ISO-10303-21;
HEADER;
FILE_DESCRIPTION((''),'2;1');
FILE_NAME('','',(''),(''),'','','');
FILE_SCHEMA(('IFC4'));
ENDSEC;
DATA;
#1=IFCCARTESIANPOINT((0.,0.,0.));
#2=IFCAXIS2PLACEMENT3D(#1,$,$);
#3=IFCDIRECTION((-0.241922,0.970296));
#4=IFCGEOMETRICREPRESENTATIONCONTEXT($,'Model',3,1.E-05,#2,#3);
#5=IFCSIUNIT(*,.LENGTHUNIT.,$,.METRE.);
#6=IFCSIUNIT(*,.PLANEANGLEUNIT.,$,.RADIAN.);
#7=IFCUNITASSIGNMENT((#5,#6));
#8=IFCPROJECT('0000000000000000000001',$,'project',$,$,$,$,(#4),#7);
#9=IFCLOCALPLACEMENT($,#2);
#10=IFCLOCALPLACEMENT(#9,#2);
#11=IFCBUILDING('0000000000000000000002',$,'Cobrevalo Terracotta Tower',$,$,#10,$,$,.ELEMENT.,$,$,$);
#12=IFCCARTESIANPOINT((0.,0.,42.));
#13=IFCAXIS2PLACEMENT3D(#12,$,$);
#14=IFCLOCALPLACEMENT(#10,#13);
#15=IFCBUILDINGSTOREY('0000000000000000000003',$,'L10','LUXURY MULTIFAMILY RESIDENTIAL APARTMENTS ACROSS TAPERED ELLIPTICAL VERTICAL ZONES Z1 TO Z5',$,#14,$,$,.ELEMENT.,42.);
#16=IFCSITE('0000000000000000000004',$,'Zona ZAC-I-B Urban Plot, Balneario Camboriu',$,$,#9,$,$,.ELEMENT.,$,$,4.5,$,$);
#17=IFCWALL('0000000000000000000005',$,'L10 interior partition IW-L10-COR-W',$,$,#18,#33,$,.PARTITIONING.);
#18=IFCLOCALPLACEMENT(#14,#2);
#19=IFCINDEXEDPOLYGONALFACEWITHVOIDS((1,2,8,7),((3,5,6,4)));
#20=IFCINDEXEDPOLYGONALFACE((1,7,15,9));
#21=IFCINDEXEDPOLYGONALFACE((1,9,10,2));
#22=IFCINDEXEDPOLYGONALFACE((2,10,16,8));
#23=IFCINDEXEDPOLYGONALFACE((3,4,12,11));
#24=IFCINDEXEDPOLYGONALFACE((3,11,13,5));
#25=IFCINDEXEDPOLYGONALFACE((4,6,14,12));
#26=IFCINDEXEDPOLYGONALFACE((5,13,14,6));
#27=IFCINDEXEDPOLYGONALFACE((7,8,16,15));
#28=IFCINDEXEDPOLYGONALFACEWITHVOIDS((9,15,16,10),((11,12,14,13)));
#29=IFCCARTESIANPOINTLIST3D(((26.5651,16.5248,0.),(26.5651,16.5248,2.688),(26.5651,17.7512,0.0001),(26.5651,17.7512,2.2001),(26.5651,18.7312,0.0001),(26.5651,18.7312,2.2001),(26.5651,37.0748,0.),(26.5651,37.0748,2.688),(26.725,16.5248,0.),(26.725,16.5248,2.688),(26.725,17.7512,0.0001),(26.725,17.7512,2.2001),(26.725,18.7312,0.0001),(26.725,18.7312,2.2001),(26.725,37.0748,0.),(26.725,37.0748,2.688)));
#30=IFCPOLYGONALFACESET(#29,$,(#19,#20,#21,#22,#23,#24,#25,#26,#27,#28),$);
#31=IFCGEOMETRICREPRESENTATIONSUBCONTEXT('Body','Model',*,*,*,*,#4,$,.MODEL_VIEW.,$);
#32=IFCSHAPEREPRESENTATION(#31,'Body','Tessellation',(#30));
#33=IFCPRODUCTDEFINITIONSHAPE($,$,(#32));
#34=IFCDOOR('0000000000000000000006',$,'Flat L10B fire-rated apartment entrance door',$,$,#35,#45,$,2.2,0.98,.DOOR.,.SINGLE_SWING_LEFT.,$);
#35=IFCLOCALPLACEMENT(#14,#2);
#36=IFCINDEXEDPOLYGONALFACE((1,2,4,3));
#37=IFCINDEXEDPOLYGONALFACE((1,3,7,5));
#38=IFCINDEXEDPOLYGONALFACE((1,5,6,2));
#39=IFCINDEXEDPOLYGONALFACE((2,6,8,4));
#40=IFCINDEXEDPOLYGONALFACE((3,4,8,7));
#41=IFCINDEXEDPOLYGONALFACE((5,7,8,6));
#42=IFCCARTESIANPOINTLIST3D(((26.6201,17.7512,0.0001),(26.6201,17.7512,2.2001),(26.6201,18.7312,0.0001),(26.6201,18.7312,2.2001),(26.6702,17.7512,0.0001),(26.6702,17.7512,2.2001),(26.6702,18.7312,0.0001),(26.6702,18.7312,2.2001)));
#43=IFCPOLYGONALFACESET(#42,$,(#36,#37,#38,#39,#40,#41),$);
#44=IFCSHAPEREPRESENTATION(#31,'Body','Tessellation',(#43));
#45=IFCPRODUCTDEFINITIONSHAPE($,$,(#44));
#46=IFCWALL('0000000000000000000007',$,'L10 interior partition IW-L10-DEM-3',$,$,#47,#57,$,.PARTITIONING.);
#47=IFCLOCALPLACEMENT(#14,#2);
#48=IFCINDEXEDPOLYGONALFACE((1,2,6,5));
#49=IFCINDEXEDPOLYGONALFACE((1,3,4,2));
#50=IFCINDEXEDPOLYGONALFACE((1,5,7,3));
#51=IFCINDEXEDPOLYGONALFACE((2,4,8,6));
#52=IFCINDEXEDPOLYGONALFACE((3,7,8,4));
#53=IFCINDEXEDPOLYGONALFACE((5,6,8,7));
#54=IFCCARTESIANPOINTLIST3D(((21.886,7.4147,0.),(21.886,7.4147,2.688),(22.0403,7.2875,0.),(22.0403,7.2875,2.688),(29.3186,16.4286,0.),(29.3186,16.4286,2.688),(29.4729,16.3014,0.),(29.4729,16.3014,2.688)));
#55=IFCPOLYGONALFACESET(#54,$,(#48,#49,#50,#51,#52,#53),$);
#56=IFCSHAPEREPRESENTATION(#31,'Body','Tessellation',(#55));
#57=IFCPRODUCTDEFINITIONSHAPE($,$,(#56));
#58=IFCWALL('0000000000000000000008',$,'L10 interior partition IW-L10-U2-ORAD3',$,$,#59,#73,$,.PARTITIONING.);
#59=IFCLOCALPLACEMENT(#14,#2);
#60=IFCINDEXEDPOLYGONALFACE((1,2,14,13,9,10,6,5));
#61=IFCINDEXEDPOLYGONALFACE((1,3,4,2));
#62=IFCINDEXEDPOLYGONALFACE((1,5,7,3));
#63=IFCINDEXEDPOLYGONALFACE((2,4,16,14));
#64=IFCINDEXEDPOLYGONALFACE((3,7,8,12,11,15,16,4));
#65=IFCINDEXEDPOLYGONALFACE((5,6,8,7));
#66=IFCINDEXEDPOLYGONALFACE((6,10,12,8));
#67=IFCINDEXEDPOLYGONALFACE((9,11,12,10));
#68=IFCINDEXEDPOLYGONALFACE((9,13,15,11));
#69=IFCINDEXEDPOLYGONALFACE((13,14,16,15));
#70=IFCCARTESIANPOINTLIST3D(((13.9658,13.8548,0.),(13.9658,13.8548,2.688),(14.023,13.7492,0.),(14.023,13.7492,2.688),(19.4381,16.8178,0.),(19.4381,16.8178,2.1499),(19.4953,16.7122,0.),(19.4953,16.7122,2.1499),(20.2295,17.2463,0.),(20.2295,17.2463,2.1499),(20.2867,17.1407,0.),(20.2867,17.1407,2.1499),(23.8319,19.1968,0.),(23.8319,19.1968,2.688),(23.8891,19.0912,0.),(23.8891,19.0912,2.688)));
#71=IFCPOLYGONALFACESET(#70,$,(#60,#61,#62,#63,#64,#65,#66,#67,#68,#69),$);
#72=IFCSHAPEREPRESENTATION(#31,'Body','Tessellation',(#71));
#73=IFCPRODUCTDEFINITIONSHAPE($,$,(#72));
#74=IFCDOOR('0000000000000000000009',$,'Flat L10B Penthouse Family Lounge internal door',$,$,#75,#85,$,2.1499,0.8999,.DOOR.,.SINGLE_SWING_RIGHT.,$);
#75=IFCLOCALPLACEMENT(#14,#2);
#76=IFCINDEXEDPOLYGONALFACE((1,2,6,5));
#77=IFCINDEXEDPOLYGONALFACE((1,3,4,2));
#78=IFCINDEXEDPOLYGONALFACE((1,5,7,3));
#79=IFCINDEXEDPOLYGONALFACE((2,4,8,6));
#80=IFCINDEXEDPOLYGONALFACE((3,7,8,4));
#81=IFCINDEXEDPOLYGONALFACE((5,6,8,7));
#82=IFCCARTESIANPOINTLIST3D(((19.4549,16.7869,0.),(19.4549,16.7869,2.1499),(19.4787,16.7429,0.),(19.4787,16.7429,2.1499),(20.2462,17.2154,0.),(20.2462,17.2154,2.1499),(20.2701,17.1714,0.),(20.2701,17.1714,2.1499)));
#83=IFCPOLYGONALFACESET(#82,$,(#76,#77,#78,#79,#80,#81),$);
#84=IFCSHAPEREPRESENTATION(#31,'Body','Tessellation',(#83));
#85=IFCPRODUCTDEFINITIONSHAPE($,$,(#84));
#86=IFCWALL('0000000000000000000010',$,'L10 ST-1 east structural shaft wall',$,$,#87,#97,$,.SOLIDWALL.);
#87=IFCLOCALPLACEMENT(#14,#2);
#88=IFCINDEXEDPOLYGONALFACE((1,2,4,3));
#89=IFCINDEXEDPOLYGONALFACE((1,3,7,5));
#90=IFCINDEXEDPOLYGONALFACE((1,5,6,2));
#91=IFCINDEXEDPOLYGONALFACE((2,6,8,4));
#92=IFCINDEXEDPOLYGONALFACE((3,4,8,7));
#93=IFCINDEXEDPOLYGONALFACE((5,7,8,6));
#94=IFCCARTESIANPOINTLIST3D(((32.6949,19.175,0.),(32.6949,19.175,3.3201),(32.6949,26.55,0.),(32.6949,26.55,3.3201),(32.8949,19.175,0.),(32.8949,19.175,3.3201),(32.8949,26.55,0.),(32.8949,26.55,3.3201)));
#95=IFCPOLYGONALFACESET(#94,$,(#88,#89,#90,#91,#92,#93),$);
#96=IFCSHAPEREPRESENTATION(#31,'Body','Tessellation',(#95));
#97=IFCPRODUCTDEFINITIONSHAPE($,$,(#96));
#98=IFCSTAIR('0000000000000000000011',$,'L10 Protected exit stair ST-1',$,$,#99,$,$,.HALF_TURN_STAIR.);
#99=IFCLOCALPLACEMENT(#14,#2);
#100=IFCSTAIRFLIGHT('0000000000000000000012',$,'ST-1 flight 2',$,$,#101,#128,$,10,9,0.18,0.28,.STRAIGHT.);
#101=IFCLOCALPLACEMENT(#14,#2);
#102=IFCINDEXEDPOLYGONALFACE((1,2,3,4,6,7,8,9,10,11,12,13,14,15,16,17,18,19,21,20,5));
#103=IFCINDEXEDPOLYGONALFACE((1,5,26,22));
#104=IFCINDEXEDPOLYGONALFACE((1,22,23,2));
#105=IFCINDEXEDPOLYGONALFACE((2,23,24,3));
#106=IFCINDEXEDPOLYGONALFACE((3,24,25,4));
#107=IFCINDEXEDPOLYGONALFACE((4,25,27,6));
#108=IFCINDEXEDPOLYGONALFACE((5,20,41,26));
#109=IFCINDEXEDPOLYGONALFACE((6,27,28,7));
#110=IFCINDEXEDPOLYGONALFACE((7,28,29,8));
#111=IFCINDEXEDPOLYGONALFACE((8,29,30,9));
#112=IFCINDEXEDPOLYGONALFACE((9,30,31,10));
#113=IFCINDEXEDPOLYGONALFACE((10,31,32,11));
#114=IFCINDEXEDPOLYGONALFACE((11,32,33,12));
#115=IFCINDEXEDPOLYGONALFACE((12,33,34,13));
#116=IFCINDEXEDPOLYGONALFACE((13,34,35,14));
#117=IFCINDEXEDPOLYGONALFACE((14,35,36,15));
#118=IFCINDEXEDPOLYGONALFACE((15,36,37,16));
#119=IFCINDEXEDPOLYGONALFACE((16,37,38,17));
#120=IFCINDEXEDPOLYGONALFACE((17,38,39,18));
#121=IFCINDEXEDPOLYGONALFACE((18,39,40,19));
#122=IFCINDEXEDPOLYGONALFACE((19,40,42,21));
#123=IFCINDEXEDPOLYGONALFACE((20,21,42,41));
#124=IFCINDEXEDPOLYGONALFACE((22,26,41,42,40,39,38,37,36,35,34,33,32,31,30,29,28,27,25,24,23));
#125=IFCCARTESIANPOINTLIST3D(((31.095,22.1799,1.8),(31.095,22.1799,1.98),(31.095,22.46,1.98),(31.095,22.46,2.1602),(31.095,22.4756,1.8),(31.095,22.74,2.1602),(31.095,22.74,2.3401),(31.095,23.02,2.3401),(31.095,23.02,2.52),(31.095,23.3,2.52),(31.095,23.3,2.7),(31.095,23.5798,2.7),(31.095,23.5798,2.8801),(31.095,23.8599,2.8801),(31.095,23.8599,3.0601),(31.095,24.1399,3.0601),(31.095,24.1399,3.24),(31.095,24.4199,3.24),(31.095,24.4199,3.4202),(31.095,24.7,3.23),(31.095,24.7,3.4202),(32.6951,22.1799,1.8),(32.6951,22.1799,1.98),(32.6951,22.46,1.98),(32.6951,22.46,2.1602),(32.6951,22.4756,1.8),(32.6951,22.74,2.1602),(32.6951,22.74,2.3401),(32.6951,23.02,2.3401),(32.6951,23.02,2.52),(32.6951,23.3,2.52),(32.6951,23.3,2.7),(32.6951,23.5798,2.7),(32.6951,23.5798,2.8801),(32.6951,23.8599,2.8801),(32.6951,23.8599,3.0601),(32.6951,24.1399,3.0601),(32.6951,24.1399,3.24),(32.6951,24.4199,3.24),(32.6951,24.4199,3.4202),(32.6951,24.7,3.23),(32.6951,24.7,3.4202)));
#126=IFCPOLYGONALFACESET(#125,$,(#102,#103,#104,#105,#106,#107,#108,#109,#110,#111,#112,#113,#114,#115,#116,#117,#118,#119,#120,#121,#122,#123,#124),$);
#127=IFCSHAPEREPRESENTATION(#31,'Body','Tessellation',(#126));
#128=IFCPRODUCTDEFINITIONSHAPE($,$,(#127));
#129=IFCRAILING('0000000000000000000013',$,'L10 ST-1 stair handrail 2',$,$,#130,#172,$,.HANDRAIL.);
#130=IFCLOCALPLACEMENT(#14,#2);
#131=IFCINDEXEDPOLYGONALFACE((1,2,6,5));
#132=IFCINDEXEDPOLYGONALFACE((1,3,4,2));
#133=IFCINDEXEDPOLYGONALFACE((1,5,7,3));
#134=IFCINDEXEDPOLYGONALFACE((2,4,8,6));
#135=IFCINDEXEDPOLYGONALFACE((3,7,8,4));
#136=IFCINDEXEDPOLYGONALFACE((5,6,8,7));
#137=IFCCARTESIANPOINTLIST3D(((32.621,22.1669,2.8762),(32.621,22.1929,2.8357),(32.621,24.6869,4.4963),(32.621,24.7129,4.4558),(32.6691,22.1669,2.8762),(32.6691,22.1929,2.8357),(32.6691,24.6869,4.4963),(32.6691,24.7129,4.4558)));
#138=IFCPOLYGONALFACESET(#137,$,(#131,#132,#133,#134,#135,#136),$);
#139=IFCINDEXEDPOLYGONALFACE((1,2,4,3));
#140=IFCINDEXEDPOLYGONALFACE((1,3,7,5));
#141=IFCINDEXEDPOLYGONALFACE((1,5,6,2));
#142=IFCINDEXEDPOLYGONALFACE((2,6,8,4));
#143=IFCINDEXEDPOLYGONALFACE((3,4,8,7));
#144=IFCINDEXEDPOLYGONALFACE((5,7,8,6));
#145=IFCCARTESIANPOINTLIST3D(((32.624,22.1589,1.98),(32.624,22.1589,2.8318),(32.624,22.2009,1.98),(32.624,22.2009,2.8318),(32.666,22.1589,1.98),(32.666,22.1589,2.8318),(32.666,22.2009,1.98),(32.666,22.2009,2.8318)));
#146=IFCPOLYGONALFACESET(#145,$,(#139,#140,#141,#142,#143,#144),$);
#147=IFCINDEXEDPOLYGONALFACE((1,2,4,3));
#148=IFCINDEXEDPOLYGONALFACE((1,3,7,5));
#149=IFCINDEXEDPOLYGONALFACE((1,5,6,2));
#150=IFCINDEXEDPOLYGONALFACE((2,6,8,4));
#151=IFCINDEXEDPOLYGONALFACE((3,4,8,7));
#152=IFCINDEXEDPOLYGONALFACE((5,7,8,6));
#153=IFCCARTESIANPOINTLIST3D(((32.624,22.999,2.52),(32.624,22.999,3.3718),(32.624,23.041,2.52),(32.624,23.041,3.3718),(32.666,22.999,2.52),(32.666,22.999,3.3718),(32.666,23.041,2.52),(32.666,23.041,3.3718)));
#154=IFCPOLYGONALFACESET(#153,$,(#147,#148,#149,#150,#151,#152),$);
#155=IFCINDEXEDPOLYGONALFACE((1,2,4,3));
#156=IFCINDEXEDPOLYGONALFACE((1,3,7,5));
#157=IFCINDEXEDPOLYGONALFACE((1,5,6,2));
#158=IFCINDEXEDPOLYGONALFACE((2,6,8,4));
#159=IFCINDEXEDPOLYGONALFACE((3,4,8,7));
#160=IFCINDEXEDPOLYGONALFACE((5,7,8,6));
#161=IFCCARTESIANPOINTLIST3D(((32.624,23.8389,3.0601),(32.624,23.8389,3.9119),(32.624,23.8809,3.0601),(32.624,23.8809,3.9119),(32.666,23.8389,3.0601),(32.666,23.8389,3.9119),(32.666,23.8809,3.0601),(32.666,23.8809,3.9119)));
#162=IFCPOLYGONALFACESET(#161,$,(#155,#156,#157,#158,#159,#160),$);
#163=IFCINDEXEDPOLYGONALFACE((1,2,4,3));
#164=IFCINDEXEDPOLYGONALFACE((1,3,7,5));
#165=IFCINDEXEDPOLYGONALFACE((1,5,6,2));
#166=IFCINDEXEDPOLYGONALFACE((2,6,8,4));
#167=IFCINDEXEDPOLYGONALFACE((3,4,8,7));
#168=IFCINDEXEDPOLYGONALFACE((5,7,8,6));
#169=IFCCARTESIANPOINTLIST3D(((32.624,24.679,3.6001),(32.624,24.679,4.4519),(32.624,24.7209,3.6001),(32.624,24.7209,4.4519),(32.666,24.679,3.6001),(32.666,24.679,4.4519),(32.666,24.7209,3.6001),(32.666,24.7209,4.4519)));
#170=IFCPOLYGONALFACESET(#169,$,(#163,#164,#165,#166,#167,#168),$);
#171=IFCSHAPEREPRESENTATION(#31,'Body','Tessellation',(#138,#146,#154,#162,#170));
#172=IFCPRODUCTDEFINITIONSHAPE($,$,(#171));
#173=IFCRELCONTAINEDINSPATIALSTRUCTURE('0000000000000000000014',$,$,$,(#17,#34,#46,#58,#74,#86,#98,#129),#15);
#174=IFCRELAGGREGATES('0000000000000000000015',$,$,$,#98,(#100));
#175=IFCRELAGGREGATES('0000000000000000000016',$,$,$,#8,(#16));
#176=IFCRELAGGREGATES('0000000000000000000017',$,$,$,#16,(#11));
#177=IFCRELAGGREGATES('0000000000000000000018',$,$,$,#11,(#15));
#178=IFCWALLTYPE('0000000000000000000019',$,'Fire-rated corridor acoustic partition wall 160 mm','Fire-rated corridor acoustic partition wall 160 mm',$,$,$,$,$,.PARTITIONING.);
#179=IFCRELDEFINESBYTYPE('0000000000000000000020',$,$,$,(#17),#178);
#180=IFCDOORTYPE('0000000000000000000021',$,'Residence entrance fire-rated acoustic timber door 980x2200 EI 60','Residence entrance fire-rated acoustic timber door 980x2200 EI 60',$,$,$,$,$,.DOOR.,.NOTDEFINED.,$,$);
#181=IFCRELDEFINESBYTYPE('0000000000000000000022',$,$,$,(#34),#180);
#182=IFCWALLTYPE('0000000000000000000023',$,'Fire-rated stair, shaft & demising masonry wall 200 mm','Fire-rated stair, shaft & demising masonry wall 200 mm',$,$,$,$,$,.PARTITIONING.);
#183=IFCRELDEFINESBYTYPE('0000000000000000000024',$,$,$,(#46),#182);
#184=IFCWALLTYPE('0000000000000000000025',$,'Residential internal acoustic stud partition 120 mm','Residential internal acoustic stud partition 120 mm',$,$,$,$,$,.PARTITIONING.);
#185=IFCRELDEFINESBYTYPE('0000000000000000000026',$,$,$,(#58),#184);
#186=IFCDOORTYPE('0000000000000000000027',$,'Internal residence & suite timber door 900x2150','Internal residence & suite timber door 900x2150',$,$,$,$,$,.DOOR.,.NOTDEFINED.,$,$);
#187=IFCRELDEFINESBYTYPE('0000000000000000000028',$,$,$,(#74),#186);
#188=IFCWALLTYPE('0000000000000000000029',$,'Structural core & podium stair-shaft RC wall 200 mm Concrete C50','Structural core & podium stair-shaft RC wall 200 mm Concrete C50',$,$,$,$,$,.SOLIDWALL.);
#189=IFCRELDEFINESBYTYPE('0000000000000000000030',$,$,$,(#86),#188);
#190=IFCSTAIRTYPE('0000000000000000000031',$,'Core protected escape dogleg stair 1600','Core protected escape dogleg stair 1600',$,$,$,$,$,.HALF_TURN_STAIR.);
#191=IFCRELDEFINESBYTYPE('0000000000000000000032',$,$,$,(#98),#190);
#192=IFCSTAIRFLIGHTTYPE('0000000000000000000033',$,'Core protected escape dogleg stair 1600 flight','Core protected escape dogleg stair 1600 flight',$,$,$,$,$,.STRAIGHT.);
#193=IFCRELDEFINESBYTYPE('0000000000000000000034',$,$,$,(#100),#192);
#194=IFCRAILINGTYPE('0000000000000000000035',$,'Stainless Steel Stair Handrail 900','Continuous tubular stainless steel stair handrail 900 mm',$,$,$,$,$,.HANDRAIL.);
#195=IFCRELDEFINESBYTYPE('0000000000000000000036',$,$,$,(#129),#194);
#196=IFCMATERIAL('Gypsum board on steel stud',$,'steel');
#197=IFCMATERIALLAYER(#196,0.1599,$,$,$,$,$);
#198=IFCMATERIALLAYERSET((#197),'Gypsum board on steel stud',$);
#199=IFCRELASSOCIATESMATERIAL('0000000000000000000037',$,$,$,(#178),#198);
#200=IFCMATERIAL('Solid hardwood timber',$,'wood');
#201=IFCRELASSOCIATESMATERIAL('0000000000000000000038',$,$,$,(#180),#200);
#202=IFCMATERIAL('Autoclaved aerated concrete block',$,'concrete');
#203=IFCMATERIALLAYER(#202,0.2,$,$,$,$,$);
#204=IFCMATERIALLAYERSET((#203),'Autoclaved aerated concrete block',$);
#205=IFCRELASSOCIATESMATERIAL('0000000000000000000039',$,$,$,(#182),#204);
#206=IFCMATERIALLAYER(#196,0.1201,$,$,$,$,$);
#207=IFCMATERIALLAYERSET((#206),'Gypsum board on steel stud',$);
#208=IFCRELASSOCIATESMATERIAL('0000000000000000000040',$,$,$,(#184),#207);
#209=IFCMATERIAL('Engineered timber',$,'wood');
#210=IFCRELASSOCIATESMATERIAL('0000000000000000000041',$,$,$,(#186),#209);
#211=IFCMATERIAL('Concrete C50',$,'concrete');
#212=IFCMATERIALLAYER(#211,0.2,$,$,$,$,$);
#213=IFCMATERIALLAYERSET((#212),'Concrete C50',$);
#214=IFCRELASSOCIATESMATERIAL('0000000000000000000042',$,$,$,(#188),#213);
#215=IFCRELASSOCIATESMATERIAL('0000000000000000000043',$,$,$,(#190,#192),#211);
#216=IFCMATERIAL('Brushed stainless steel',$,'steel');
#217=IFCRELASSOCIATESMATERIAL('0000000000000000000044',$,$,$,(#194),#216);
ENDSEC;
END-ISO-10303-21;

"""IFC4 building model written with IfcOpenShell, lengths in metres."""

from ifc_helpers import new_model, si_unit, direction, frame, frame_2d, origin, origin_2d, place, context, subcontext, project, spatial, polyline, rectangle, outline, extrude, source, transform, mapped, material, layer, layer_set, type_object, element, fill, aggregate, save


model = new_model("IFC4")

# Units and contexts
model_context = context("Model", 3, precision=1e-05, world=origin(), true_north=direction((-0.241922, 0.970296)))
body_context = subcontext(model_context, "Body", "Model", "MODEL_VIEW")
ifc_project = project(units=[si_unit("LENGTHUNIT", "METRE"), si_unit("PLANEANGLEUNIT", "RADIAN")], contexts=[model_context])

# Site, building, storey
site_placement = place(None, origin())
site = spatial("IfcSite", under=ifc_project, at=site_placement, Name="Zona ZAC-I-B Urban Plot, Balneario Camboriu", CompositionType="ELEMENT", RefElevation=4.5)
building_placement = place(site_placement, origin())
building = spatial("IfcBuilding", under=site, at=building_placement, Name="Cobrevalo Terracotta Tower", CompositionType="ELEMENT")
storey_placement = place(building_placement, frame((0.0, 0.0, 42.0)))
storey = spatial("IfcBuildingStorey", under=building, at=storey_placement, Name="L10", Description="LUXURY MULTIFAMILY RESIDENTIAL APARTMENTS ACROSS TAPERED ELLIPTICAL VERTICAL ZONES Z1 TO Z5", CompositionType="ELEMENT", Elevation=42.0)

# Shared definitions
ifc_material_1 = material(Name="Gypsum board on steel stud", Category="steel")
ifc_layer_1 = layer(ifc_material_1, 0.1599)
ifc_layer_set_1 = layer_set([ifc_layer_1], Name="Gypsum board on steel stud")
wall_type_1 = type_object("IfcWallType", Name="Fire-rated corridor acoustic partition wall 160 mm", Description="Fire-rated corridor acoustic partition wall 160 mm", PredefinedType="PARTITIONING", material=ifc_layer_set_1)

# Wall, opening, door
wall_1_placement = place(storey_placement, frame((26.645, 16.5249, 0.0), z_axis=(0.0, 0.0, 1.0), x_axis=(0.0, 1.0, 0.0)))
wall_1 = element("IfcWall", 1, at=wall_1_placement, inside=storey, type_object=wall_type_1, Name="L10 interior partition IW-L10-COR-W", PredefinedType="PARTITIONING", context=body_context, shape_type="SweptSolid", body=[
    extrude(rectangle(XDim=20.55, YDim=0.1599, at=frame_2d((10.2749, 0.0))), origin(), (0.0, 0.0, 1.0), 2.688),
])
opening_1_placement = place(wall_1_placement, frame((1.2263, 0.0, 0.0)))
opening_1 = element("IfcOpeningElement", 2, at=opening_1_placement, cuts=wall_1, PredefinedType="OPENING", context=body_context, shape_type="SweptSolid", body=[
    extrude(rectangle(XDim=0.98, YDim=2.2, at=frame_2d((0.49, 1.1001))), frame((0.0, 0.0898, 0.0), z_axis=(0.0, -1.0, 0.0), x_axis=(1.0, 0.0, 0.0)), (0.0, 0.0, 1.0), 0.1799),
])
ifc_material_2 = material(Name="Solid hardwood timber", Category="wood")
door_type_1 = type_object("IfcDoorType", Name="Residence entrance fire-rated acoustic timber door 980x2200 EI 60", Description="Residence entrance fire-rated acoustic timber door 980x2200 EI 60", OperationType="NOTDEFINED", PredefinedType="DOOR", material=ifc_material_2)
shared_shape_1 = source(origin(), body_context, "Body", "SweptSolid", [
    extrude(rectangle(XDim=0.98, YDim=2.2, at=frame_2d((0.49, 1.1001))), frame((0.0, 0.0249, 0.0), z_axis=(0.0, -1.0, 0.0), x_axis=(1.0, 0.0, 0.0)), (0.0, 0.0, 1.0), 0.05),
])
door_1_placement = place(opening_1_placement, origin())
door_1 = element("IfcDoor", 3, at=door_1_placement, inside=storey, type_object=door_type_1, Name="Flat L10B fire-rated apartment entrance door", OperationType="SINGLE_SWING_LEFT", OverallHeight=2.2, OverallWidth=0.98, PredefinedType="DOOR", context=body_context, shape_type="MappedRepresentation", body=[
    mapped(shared_shape_1, transform((0.0, 0.0, 0.0), scale=1.0)),
])
fill(opening_1, door_1)

# Wall
ifc_material_3 = material(Name="Autoclaved aerated concrete block", Category="concrete")
ifc_layer_2 = layer(ifc_material_3, 0.2)
ifc_layer_set_2 = layer_set([ifc_layer_2], Name="Autoclaved aerated concrete block")
wall_type_2 = type_object("IfcWallType", Name="Fire-rated stair, shaft & demising masonry wall 200 mm", Description="Fire-rated stair, shaft & demising masonry wall 200 mm", PredefinedType="PARTITIONING", material=ifc_layer_set_2)
wall_2_placement = place(storey_placement, frame((29.3958, 16.365, 0.0), z_axis=(0.0, 0.0, 1.0), x_axis=(-0.636186, -0.771536, 0.0)))
element("IfcWall", 4, at=wall_2_placement, inside=storey, type_object=wall_type_2, Name="L10 interior partition IW-L10-DEM-3", PredefinedType="PARTITIONING", context=body_context, shape_type="SweptSolid", body=[
    extrude(rectangle(XDim=11.6831, YDim=0.2, at=frame_2d((5.8416, 0.0))), origin(), (0.0, 0.0, 1.0), 2.688),
])

# Wall, opening, door
ifc_layer_3 = layer(ifc_material_1, 0.1201)
ifc_layer_set_3 = layer_set([ifc_layer_3], Name="Gypsum board on steel stud")
wall_type_3 = type_object("IfcWallType", Name="Residential internal acoustic stud partition 120 mm", Description="Residential internal acoustic stud partition 120 mm", PredefinedType="PARTITIONING", material=ifc_layer_set_3)
wall_3_placement = place(storey_placement, frame((23.8606, 19.144, 0.0), z_axis=(0.0, 0.0, 1.0), x_axis=(-0.879372, -0.476135, 0.0)))
wall_3 = element("IfcWall", 5, at=wall_3_placement, inside=storey, type_object=wall_type_3, Name="L10 interior partition IW-L10-U2-ORAD3", PredefinedType="PARTITIONING", context=body_context, shape_type="SweptSolid", body=[
    extrude(rectangle(XDim=11.2195, YDim=0.1201, at=frame_2d((5.6099, 0.0))), origin(), (0.0, 0.0, 1.0), 2.688),
])
opening_2_placement = place(wall_3_placement, frame((4.0967, 0.0, 0.0)))
opening_2 = element("IfcOpeningElement", 6, at=opening_2_placement, cuts=wall_3, PredefinedType="OPENING", context=body_context, shape_type="SweptSolid", body=[
    extrude(rectangle(XDim=0.8999, YDim=2.1499, at=frame_2d((0.45, 1.075))), frame((0.0, 0.0701, 0.0), z_axis=(0.0, -1.0, 0.0), x_axis=(1.0, 0.0, 0.0)), (0.0, 0.0, 1.0), 0.1401),
])
ifc_material_4 = material(Name="Engineered timber", Category="wood")
door_type_2 = type_object("IfcDoorType", Name="Internal residence & suite timber door 900x2150", Description="Internal residence & suite timber door 900x2150", OperationType="NOTDEFINED", PredefinedType="DOOR", material=ifc_material_4)
shared_shape_2 = source(origin(), body_context, "Body", "SweptSolid", [
    extrude(rectangle(XDim=0.8999, YDim=2.1499, at=frame_2d((0.45, 1.075))), frame((0.0, 0.0249, 0.0), z_axis=(0.0, -1.0, 0.0), x_axis=(1.0, 0.0, 0.0)), (0.0, 0.0, 1.0), 0.05),
])
door_2_placement = place(opening_2_placement, frame((0.8999, 0.0, 0.0), z_axis=(0.0, 0.0, 1.0), x_axis=(-1.0, 0.0, 0.0)))
door_2 = element("IfcDoor", 7, at=door_2_placement, inside=storey, type_object=door_type_2, Name="Flat L10B Penthouse Family Lounge internal door", OperationType="SINGLE_SWING_RIGHT", OverallHeight=2.1499, OverallWidth=0.8999, PredefinedType="DOOR", context=body_context, shape_type="MappedRepresentation", body=[
    mapped(shared_shape_2, transform((0.0, 0.0, 0.0), scale=1.0)),
])
fill(opening_2, door_2)

# Wall
ifc_material_5 = material(Name="Concrete C50", Category="concrete")
ifc_layer_4 = layer(ifc_material_5, 0.2)
ifc_layer_set_4 = layer_set([ifc_layer_4], Name="Concrete C50")
wall_type_4 = type_object("IfcWallType", Name="Structural core & podium stair-shaft RC wall 200 mm Concrete C50", Description="Structural core & podium stair-shaft RC wall 200 mm Concrete C50", PredefinedType="SOLIDWALL", material=ifc_layer_set_4)
wall_4_placement = place(storey_placement, frame((32.7949, 19.175, 0.0), z_axis=(0.0, 0.0, 1.0), x_axis=(0.0, 1.0, 0.0)))
element("IfcWall", 8, at=wall_4_placement, inside=storey, type_object=wall_type_4, Name="L10 ST-1 east structural shaft wall", PredefinedType="SOLIDWALL", context=body_context, shape_type="SweptSolid", body=[
    extrude(rectangle(XDim=7.375, YDim=0.2, at=frame_2d((3.6875, 0.0))), origin(), (0.0, 0.0, 1.0), 3.3201),
])

# Stair, stair flight
stair_type = type_object("IfcStairType", Name="Core protected escape dogleg stair 1600", Description="Core protected escape dogleg stair 1600", PredefinedType="HALF_TURN_STAIR", material=ifc_material_5)
stair_placement = place(storey_placement, origin())
stair = element("IfcStair", 9, at=stair_placement, inside=storey, type_object=stair_type, Name="L10 Protected exit stair ST-1", PredefinedType="HALF_TURN_STAIR")
stair_flight_type = type_object("IfcStairFlightType", Name="Core protected escape dogleg stair 1600 flight", Description="Core protected escape dogleg stair 1600 flight", PredefinedType="STRAIGHT", material=ifc_material_5)
stair_flight_placement = place(storey_placement, frame((31.895, 22.1799, 1.8), z_axis=(0.0, 0.0, 1.0), x_axis=(0.0, 1.0, 0.0)))
stair_flight = element("IfcStairFlight", 10, at=stair_flight_placement, type_object=stair_flight_type, Name="ST-1 flight 2", NumberOfRisers=10, NumberOfTreads=9, PredefinedType="STRAIGHT", RiserHeight=0.18, TreadLength=0.28, context=body_context, shape_type="SweptSolid", body=[
    extrude(outline(polyline([(0.0, 0.0), (0.0, 0.1799), (0.28, 0.1799), (0.28, 0.3601), (0.5601, 0.3601), (0.5601, 0.54), (0.8401, 0.54), (0.8401, 0.72), (1.1201, 0.72), (1.1201, 0.8999), (1.3999, 0.8999), (1.3999, 1.0801), (1.6799, 1.0801), (1.6799, 1.26), (1.96, 1.26), (1.96, 1.4399), (2.24, 1.4399), (2.24, 1.6201), (2.52, 1.6201), (2.52, 1.8), (2.52, 1.4299), (0.2957, 0.0), (0.0, 0.0)])), frame((0.0, 0.8, 0.0), z_axis=(0.0, -1.0, 0.0), x_axis=(1.0, 0.0, 0.0)), (0.0, 0.0, 1.0), 1.6001),
])
aggregate(stair, [stair_flight])

# Railing
ifc_material_6 = material(Name="Brushed stainless steel", Category="steel")
railing_type_1 = type_object("IfcRailingType", Name="Stainless Steel Stair Handrail 900", Description="Continuous tubular stainless steel stair handrail 900 mm", PredefinedType="HANDRAIL", material=ifc_material_6)
railing_1_placement = place(storey_placement, frame((32.645, 22.1799, 1.98)))
element("IfcRailing", 11, at=railing_1_placement, inside=storey, type_object=railing_type_1, Name="L10 ST-1 stair handrail 2", PredefinedType="HANDRAIL", context=body_context, shape_type="SweptSolid", body=[
    extrude(rectangle(XDim=0.0481, YDim=0.0481, at=origin_2d()), frame((0.0, 0.0, 0.876), z_axis=(0.0, 0.841163, 0.540782), x_axis=(-1.0, 0.0, 0.0)), (0.0, 0.0, 1.0), 2.9958),
    extrude(rectangle(XDim=0.042, YDim=0.042, at=origin_2d()), origin(), (0.0, 0.0, 1.0), 0.8518),
    extrude(rectangle(XDim=0.042, YDim=0.042, at=origin_2d()), frame((0.0, 0.8401, 0.54)), (0.0, 0.0, 1.0), 0.8518),
    extrude(rectangle(XDim=0.042, YDim=0.042, at=origin_2d()), frame((0.0, 1.6799, 1.0801)), (0.0, 0.0, 1.0), 0.8518),
    extrude(rectangle(XDim=0.042, YDim=0.042, at=origin_2d()), frame((0.0, 2.52, 1.6201)), (0.0, 0.0, 1.0), 0.8518),
])

save(model, "model.ifc")
